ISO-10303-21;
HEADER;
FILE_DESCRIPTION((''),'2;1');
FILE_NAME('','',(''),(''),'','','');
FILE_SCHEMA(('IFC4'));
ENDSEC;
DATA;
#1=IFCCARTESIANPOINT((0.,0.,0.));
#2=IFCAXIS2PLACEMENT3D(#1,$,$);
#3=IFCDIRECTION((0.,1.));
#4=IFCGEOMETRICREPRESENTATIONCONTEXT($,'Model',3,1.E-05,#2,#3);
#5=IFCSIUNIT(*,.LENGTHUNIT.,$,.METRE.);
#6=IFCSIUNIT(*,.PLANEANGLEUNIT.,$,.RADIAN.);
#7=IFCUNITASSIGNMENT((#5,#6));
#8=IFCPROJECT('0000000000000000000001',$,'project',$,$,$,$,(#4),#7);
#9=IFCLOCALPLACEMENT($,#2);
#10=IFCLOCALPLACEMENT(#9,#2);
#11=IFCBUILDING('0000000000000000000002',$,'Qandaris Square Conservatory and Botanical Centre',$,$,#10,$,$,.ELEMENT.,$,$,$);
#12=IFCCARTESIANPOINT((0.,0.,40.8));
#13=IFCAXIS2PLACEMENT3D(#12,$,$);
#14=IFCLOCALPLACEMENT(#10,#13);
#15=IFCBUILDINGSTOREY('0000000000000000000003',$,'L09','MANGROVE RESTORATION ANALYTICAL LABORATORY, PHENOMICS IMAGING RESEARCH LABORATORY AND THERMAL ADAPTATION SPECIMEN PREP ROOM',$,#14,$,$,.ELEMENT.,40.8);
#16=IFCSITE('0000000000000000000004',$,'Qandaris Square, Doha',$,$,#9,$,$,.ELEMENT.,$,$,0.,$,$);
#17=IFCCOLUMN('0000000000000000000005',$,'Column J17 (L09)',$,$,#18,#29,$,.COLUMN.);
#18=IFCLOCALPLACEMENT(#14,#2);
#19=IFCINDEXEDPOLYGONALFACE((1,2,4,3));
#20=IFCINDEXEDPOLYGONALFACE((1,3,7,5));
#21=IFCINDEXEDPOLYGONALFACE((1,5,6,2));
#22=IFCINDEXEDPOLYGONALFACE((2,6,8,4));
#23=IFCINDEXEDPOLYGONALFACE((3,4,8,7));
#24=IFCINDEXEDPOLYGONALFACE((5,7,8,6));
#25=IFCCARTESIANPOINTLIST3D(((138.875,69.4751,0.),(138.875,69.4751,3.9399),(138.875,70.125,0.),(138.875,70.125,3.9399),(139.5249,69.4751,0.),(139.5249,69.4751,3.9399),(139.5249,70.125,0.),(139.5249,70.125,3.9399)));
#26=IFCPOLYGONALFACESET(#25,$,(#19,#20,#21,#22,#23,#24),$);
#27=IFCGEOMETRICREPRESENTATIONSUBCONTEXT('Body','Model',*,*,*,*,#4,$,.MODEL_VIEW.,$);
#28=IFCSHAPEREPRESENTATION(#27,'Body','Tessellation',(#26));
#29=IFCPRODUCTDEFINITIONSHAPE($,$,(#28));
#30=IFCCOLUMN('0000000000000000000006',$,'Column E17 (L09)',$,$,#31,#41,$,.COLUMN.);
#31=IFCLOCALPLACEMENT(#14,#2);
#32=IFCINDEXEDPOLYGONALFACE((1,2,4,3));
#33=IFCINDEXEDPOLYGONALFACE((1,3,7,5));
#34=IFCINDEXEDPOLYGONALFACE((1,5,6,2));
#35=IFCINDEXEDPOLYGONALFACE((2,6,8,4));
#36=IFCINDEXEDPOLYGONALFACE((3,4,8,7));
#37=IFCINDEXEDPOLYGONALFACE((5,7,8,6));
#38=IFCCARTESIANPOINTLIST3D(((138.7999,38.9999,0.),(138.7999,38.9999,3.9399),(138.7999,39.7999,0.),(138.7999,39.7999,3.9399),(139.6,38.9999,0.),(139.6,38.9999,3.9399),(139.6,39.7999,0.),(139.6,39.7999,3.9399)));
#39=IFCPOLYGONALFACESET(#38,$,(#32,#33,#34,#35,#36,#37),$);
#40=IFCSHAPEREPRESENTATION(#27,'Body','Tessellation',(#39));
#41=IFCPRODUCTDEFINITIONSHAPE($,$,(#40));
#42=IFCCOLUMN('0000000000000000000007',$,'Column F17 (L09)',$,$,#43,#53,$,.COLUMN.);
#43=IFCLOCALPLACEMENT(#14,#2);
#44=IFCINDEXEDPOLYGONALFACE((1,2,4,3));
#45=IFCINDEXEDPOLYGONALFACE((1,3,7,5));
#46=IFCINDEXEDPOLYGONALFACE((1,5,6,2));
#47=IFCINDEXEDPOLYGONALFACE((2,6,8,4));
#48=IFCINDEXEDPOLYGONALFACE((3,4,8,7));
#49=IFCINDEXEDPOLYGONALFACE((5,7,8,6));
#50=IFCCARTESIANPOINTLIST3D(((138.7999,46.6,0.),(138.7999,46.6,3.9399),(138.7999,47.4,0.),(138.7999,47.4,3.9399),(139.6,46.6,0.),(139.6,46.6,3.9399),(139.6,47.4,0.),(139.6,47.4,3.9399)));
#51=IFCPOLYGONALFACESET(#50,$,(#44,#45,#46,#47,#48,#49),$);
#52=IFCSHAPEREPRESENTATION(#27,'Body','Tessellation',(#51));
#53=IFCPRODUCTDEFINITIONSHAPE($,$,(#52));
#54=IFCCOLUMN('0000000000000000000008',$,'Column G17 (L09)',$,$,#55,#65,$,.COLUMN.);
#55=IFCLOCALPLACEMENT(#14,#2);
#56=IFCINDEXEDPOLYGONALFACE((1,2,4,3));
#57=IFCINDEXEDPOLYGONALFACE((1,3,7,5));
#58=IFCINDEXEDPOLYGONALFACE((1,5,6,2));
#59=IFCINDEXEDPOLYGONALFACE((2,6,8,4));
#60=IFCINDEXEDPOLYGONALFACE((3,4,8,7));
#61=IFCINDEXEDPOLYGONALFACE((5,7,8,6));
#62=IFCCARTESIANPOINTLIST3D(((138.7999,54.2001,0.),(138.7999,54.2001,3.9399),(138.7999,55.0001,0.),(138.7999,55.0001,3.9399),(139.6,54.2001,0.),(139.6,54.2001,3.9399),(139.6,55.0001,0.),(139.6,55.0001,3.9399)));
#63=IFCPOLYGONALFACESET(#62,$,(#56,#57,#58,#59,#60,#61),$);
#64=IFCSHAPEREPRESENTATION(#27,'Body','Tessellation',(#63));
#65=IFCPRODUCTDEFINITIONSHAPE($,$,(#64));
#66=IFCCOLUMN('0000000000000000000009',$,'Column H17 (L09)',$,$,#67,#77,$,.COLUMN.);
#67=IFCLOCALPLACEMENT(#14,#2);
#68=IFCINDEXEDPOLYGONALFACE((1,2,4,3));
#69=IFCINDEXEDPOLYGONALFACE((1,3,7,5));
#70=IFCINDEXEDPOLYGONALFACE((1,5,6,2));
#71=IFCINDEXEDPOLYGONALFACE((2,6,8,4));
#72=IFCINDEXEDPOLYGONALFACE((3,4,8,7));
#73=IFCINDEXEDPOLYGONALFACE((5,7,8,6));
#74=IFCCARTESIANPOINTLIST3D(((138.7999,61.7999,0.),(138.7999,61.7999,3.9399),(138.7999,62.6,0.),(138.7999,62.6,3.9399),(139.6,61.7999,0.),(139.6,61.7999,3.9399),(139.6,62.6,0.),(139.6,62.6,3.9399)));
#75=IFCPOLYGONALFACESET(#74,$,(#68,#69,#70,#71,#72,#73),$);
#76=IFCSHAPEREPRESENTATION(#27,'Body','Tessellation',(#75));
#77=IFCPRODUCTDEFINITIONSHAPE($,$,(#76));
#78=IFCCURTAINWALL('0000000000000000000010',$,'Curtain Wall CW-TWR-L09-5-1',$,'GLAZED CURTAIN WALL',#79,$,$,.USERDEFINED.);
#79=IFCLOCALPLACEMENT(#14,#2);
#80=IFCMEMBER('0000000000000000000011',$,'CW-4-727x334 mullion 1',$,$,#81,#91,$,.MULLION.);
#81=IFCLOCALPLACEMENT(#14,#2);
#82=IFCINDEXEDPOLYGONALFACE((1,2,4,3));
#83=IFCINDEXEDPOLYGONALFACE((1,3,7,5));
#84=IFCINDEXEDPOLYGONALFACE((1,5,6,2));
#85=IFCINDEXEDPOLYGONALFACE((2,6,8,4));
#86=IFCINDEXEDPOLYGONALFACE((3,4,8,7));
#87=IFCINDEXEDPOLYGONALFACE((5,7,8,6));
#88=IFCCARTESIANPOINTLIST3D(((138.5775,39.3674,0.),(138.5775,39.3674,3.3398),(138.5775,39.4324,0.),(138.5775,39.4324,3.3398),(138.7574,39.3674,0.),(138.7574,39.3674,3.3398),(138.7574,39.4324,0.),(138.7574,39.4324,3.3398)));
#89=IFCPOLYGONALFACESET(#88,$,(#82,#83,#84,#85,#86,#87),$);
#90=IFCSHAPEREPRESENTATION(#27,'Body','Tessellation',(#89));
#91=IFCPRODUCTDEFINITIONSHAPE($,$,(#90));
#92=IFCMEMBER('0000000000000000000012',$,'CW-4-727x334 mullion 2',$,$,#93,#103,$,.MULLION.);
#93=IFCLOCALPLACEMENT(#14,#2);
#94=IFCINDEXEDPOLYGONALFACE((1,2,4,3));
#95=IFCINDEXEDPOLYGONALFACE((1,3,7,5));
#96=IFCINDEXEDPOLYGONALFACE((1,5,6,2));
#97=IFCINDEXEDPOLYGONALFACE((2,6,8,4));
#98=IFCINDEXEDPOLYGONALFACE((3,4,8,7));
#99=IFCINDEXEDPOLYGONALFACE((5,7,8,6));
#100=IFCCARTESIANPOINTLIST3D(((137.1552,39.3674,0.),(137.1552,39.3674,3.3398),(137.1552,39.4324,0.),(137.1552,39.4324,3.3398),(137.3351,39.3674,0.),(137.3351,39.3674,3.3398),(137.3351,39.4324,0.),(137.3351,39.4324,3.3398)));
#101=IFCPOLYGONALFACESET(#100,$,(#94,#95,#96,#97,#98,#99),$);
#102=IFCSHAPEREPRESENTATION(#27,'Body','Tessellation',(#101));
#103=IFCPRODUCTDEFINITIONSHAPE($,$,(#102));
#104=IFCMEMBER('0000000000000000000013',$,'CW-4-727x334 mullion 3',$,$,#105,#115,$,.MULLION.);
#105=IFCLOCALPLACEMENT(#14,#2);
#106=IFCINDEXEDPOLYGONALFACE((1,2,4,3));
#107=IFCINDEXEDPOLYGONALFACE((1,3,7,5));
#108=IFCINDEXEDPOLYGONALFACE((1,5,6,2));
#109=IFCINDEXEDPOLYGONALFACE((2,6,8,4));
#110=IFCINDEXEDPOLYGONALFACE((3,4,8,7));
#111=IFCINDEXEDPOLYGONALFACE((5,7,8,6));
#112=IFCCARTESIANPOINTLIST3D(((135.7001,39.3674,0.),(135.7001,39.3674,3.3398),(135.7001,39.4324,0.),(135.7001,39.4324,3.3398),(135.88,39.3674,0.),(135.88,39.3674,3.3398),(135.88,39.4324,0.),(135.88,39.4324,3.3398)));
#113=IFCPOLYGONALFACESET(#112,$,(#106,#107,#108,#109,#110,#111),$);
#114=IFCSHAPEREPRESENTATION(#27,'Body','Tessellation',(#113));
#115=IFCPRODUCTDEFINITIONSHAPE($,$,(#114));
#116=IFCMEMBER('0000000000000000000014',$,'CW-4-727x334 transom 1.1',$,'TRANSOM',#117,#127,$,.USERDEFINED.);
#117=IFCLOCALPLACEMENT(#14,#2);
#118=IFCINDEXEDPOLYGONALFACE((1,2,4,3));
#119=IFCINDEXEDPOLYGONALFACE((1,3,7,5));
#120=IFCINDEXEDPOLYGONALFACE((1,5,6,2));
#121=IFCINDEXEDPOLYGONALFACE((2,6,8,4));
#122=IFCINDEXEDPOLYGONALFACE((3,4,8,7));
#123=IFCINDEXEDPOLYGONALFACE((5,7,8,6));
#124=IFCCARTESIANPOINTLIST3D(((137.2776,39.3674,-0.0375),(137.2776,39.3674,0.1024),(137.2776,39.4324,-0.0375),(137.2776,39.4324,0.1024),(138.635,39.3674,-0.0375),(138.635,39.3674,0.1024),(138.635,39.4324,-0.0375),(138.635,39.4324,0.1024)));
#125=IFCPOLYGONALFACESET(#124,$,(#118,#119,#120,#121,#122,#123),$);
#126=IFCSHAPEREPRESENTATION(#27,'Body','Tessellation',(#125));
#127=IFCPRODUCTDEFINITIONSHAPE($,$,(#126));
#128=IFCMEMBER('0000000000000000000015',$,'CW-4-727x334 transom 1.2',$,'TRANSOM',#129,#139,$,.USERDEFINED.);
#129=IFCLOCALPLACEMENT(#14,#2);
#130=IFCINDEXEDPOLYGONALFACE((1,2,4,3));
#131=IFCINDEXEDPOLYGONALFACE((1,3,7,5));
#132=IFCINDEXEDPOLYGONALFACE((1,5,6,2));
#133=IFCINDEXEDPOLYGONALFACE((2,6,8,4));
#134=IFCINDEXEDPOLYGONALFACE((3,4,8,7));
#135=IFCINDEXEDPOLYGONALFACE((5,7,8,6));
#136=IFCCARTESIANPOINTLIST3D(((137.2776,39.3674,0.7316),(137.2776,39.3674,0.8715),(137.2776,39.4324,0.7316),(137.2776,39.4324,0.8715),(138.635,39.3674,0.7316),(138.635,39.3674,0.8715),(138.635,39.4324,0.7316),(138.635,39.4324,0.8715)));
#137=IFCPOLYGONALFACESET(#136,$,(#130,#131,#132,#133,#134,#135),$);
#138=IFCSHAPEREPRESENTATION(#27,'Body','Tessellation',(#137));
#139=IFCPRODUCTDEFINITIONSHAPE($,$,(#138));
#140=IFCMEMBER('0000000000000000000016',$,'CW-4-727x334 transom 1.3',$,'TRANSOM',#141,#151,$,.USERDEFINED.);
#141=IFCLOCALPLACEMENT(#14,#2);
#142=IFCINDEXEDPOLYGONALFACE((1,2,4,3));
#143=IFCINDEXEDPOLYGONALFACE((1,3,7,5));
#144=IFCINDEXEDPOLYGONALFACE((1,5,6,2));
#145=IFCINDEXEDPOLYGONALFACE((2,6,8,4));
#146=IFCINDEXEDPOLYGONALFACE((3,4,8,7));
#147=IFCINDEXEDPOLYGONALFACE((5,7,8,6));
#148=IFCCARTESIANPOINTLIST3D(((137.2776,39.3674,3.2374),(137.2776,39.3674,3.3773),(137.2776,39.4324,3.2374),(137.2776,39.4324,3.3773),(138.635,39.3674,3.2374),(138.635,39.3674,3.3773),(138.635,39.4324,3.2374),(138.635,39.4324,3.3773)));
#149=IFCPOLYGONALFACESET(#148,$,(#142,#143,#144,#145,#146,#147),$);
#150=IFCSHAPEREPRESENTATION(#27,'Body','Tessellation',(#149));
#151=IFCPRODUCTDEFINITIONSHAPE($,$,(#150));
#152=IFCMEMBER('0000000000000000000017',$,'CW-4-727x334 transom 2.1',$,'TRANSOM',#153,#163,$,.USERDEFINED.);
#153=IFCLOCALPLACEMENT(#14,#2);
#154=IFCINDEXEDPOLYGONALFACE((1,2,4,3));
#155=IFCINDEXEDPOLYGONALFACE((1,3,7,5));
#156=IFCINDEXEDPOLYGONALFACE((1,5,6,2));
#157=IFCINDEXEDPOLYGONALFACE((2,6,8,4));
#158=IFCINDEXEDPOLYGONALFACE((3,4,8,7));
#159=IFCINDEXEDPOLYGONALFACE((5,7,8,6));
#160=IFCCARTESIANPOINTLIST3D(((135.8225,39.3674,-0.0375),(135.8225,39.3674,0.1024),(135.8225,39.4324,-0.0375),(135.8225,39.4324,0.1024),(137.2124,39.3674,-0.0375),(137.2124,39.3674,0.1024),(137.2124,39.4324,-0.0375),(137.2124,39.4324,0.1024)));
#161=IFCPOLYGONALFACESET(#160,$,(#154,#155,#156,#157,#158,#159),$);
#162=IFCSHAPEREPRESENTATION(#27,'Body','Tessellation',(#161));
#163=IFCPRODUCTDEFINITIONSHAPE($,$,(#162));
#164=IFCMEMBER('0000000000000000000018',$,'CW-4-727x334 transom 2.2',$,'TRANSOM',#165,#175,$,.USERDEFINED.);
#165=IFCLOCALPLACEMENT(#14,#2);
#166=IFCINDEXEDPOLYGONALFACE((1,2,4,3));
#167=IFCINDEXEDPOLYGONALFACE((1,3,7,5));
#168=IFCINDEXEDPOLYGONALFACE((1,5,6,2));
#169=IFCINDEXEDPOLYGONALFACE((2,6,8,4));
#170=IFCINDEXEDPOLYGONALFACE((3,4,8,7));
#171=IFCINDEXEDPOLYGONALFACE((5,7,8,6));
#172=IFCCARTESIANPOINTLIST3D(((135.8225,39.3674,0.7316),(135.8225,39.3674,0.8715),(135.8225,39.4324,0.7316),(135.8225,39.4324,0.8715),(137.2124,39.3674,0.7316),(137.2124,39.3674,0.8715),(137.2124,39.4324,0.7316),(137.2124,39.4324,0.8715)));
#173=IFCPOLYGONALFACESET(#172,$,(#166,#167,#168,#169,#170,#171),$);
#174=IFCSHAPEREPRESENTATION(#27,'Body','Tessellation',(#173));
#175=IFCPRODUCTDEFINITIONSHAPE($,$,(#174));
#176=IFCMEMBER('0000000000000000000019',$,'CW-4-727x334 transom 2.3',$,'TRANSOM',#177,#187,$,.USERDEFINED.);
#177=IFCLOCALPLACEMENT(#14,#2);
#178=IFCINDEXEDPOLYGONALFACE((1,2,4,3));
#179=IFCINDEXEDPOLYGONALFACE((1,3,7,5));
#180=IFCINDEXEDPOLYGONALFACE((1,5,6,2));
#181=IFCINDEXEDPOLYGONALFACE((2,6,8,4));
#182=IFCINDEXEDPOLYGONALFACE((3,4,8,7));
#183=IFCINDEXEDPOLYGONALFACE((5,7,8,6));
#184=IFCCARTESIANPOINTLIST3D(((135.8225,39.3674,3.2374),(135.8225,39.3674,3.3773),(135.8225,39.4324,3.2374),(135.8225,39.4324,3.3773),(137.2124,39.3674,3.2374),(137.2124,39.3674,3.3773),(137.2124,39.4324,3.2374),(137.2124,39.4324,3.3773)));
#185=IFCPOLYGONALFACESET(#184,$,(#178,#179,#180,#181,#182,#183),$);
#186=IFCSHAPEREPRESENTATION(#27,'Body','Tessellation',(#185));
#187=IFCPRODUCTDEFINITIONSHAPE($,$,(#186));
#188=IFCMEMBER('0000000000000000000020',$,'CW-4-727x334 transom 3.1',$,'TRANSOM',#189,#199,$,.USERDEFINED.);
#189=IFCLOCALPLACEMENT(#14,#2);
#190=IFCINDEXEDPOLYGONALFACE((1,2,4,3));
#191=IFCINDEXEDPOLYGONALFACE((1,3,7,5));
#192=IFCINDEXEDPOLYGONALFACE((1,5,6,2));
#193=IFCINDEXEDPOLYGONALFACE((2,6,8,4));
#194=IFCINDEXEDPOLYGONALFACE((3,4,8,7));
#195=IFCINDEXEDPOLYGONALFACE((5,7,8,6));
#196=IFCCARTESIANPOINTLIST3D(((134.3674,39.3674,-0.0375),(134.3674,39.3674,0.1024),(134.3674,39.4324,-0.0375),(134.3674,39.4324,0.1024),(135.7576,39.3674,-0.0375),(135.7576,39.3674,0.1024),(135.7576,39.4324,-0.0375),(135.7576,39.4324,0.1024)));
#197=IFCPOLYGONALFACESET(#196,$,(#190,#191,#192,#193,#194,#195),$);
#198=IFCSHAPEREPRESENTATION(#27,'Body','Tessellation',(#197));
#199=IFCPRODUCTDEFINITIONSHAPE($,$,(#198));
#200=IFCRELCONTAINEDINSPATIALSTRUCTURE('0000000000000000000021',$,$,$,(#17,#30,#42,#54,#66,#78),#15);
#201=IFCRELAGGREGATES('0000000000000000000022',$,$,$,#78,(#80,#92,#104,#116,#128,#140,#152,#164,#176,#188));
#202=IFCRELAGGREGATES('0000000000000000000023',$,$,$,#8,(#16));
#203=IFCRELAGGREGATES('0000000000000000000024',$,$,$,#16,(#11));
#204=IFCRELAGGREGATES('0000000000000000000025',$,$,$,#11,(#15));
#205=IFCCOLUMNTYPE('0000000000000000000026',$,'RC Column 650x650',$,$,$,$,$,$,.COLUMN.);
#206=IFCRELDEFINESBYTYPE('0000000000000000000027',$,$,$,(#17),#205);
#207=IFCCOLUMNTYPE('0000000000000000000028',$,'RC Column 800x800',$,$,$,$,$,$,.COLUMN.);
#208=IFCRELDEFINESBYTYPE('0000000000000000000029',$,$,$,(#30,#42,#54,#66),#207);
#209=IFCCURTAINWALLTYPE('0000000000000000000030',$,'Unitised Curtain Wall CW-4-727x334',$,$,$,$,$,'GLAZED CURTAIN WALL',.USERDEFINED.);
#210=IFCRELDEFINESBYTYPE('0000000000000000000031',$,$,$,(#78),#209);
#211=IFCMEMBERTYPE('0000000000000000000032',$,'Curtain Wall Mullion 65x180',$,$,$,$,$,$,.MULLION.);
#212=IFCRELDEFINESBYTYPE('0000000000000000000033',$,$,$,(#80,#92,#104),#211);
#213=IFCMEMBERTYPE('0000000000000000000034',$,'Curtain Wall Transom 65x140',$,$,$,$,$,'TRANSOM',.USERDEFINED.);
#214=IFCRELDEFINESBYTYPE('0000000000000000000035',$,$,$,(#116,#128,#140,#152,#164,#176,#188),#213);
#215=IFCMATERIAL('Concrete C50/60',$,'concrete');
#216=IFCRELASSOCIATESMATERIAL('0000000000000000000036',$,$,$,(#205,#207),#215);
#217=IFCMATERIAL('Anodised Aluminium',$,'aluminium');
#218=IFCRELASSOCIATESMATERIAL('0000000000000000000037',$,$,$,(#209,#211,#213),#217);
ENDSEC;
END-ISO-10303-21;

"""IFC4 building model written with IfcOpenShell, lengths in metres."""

from ifc_helpers import new_model, si_unit, direction, frame, origin, origin_2d, place, context, subcontext, project, spatial, rectangle, extrude, material, material_profile, profile_set, type_object, element, aggregate, save


model = new_model("IFC4")

# Units and contexts
model_context = context("Model", 3, precision=1e-05, world=origin(), true_north=direction((0.0, 1.0)))
body_context = subcontext(model_context, "Body", "Model", "MODEL_VIEW")
ifc_project = project(units=[si_unit("LENGTHUNIT", "METRE"), si_unit("PLANEANGLEUNIT", "RADIAN")], contexts=[model_context])

# Site, building, storey
site_placement = place(None, origin())
site = spatial("IfcSite", under=ifc_project, at=site_placement, Name="Qandaris Square, Doha", CompositionType="ELEMENT", RefElevation=0.0)
building_placement = place(site_placement, origin())
building = spatial("IfcBuilding", under=site, at=building_placement, Name="Qandaris Square Conservatory and Botanical Centre", CompositionType="ELEMENT")
storey_placement = place(building_placement, frame((0.0, 0.0, 40.8)))
storey = spatial("IfcBuildingStorey", under=building, at=storey_placement, Name="L09", Description="MANGROVE RESTORATION ANALYTICAL LABORATORY, PHENOMICS IMAGING RESEARCH LABORATORY AND THERMAL ADAPTATION SPECIMEN PREP ROOM", CompositionType="ELEMENT", Elevation=40.8)

# Columns
ifc_material_1 = material(Name="Concrete C50/60", Category="concrete")
ifc_material_profile_1 = material_profile(ifc_material_1, rectangle(XDim=0.6499, YDim=0.6499, at=origin_2d()), Name="RC-COL 650x650")
ifc_profile_set_1 = profile_set([ifc_material_profile_1], Name="Concrete C50/60")
column_type_1 = type_object("IfcColumnType", Name="RC Column 650x650", PredefinedType="COLUMN", material=ifc_profile_set_1)
column_placement = place(storey_placement, frame((139.2, 69.8, 0.0), z_axis=(0.0, 0.0, 1.0), x_axis=(1.0, 0.0, 0.0)))
element("IfcColumn", 1, at=column_placement, inside=storey, type_object=column_type_1, Name="Column J17 (L09)", PredefinedType="COLUMN", context=body_context, shape_type="SweptSolid", body=[
    extrude(rectangle(XDim=0.6499, YDim=0.6499, at=origin_2d()), origin(), (0.0, 0.0, 1.0), 3.9399),
])
ifc_material_profile_2 = material_profile(ifc_material_1, rectangle(XDim=0.8, YDim=0.8, at=origin_2d()), Name="RC-COL 800x800")
ifc_profile_set_2 = profile_set([ifc_material_profile_2], Name="Concrete C50/60")
column_type_2 = type_object("IfcColumnType", Name="RC Column 800x800", PredefinedType="COLUMN", material=ifc_profile_set_2)
for number, where, z_axis, x_axis, name in (
    (2, (139.2, 39.3999, 0.0), (0.0, 0.0, 1.0), (1.0, 0.0, 0.0), "Column E17 (L09)"),
    (3, (139.2, 47.0, 0.0), (0.0, 0.0, 1.0), (1.0, 0.0, 0.0), "Column F17 (L09)"),
    (4, (139.2, 54.6001, 0.0), (0.0, 0.0, 1.0), (1.0, 0.0, 0.0), "Column G17 (L09)"),
    (5, (139.2, 62.2, 0.0), (0.0, 0.0, 1.0), (1.0, 0.0, 0.0), "Column H17 (L09)"),
):
    element("IfcColumn", number, at=place(storey_placement, frame(where, z_axis=z_axis, x_axis=x_axis)), inside=storey, type_object=column_type_2, Name=name, PredefinedType="COLUMN", context=body_context, shape_type="SweptSolid", body=[
        extrude(rectangle(XDim=0.8, YDim=0.8, at=origin_2d()), origin(), (0.0, 0.0, 1.0), 3.9399),
    ])

# Curtain wall, members
ifc_material_2 = material(Name="Anodised Aluminium", Category="aluminium")
curtain_wall_type = type_object("IfcCurtainWallType", Name="Unitised Curtain Wall CW-4-727x334", ElementType="GLAZED CURTAIN WALL", PredefinedType="USERDEFINED", material=ifc_material_2)
curtain_wall_placement = place(storey_placement, origin())
curtain_wall = element("IfcCurtainWall", 6, at=curtain_wall_placement, inside=storey, type_object=curtain_wall_type, Name="Curtain Wall CW-TWR-L09-5-1", ObjectType="GLAZED CURTAIN WALL", PredefinedType="USERDEFINED")
ifc_material_profile_3 = material_profile(ifc_material_2, rectangle(XDim=0.0649, YDim=0.1799, at=origin_2d()), Name="ALU-MUL 65x180")
ifc_profile_set_3 = profile_set([ifc_material_profile_3], Name="Anodised Aluminium")
member_type_1 = type_object("IfcMemberType", Name="Curtain Wall Mullion 65x180", PredefinedType="MULLION", material=ifc_profile_set_3)
member_1_placement = place(storey_placement, frame((138.6675, 39.3999, 0.0), z_axis=(0.0, 0.0, 1.0), x_axis=(0.0, -1.0, 0.0)))
member_1 = element("IfcMember", 7, at=member_1_placement, type_object=member_type_1, Name="CW-4-727x334 mullion 1", PredefinedType="MULLION", context=body_context, shape_type="SweptSolid", body=[
    extrude(rectangle(XDim=0.0649, YDim=0.1799, at=origin_2d()), origin(), (0.0, 0.0, 1.0), 3.3398),
])
member_2_placement = place(storey_placement, frame((137.2451, 39.3999, 0.0), z_axis=(0.0, 0.0, 1.0), x_axis=(0.0, -1.0, 0.0)))
member_2 = element("IfcMember", 8, at=member_2_placement, type_object=member_type_1, Name="CW-4-727x334 mullion 2", PredefinedType="MULLION", context=body_context, shape_type="SweptSolid", body=[
    extrude(rectangle(XDim=0.0649, YDim=0.1799, at=origin_2d()), origin(), (0.0, 0.0, 1.0), 3.3398),
])
member_3_placement = place(storey_placement, frame((135.79, 39.3999, 0.0), z_axis=(0.0, 0.0, 1.0), x_axis=(0.0, -1.0, 0.0)))
member_3 = element("IfcMember", 9, at=member_3_placement, type_object=member_type_1, Name="CW-4-727x334 mullion 3", PredefinedType="MULLION", context=body_context, shape_type="SweptSolid", body=[
    extrude(rectangle(XDim=0.0649, YDim=0.1799, at=origin_2d()), origin(), (0.0, 0.0, 1.0), 3.3398),
])
ifc_material_profile_4 = material_profile(ifc_material_2, rectangle(XDim=0.0649, YDim=0.1399, at=origin_2d()), Name="ALU-TRN 65x140")
ifc_profile_set_4 = profile_set([ifc_material_profile_4], Name="Anodised Aluminium")
member_type_2 = type_object("IfcMemberType", Name="Curtain Wall Transom 65x140", ElementType="TRANSOM", PredefinedType="USERDEFINED", material=ifc_profile_set_4)
member_4_placement = place(storey_placement, frame((138.635, 39.3999, 0.0325), z_axis=(-1.0, 0.0, 0.0), x_axis=(0.0, -1.0, 0.0)))
member_4 = element("IfcMember", 10, at=member_4_placement, type_object=member_type_2, Name="CW-4-727x334 transom 1.1", ObjectType="TRANSOM", PredefinedType="USERDEFINED", context=body_context, shape_type="SweptSolid", body=[
    extrude(rectangle(XDim=0.0649, YDim=0.1399, at=origin_2d()), origin(), (0.0, 0.0, 1.0), 1.3574),
])
member_5_placement = place(storey_placement, frame((138.635, 39.3999, 0.8015), z_axis=(-1.0, 0.0, 0.0), x_axis=(0.0, -1.0, 0.0)))
member_5 = element("IfcMember", 11, at=member_5_placement, type_object=member_type_2, Name="CW-4-727x334 transom 1.2", ObjectType="TRANSOM", PredefinedType="USERDEFINED", context=body_context, shape_type="SweptSolid", body=[
    extrude(rectangle(XDim=0.0649, YDim=0.1399, at=origin_2d()), origin(), (0.0, 0.0, 1.0), 1.3574),
])
member_6_placement = place(storey_placement, frame((138.635, 39.3999, 3.3074), z_axis=(-1.0, 0.0, 0.0), x_axis=(0.0, -1.0, 0.0)))
member_6 = element("IfcMember", 12, at=member_6_placement, type_object=member_type_2, Name="CW-4-727x334 transom 1.3", ObjectType="TRANSOM", PredefinedType="USERDEFINED", context=body_context, shape_type="SweptSolid", body=[
    extrude(rectangle(XDim=0.0649, YDim=0.1399, at=origin_2d()), origin(), (0.0, 0.0, 1.0), 1.3574),
])
member_7_placement = place(storey_placement, frame((137.2124, 39.3999, 0.0325), z_axis=(-1.0, 0.0, 0.0), x_axis=(0.0, -1.0, 0.0)))
member_7 = element("IfcMember", 13, at=member_7_placement, type_object=member_type_2, Name="CW-4-727x334 transom 2.1", ObjectType="TRANSOM", PredefinedType="USERDEFINED", context=body_context, shape_type="SweptSolid", body=[
    extrude(rectangle(XDim=0.0649, YDim=0.1399, at=origin_2d()), origin(), (0.0, 0.0, 1.0), 1.3899),
])
member_8_placement = place(storey_placement, frame((137.2124, 39.3999, 0.8015), z_axis=(-1.0, 0.0, 0.0), x_axis=(0.0, -1.0, 0.0)))
member_8 = element("IfcMember", 14, at=member_8_placement, type_object=member_type_2, Name="CW-4-727x334 transom 2.2", ObjectType="TRANSOM", PredefinedType="USERDEFINED", context=body_context, shape_type="SweptSolid", body=[
    extrude(rectangle(XDim=0.0649, YDim=0.1399, at=origin_2d()), origin(), (0.0, 0.0, 1.0), 1.3899),
])
member_9_placement = place(storey_placement, frame((137.2124, 39.3999, 3.3074), z_axis=(-1.0, 0.0, 0.0), x_axis=(0.0, -1.0, 0.0)))
member_9 = element("IfcMember", 15, at=member_9_placement, type_object=member_type_2, Name="CW-4-727x334 transom 2.3", ObjectType="TRANSOM", PredefinedType="USERDEFINED", context=body_context, shape_type="SweptSolid", body=[
    extrude(rectangle(XDim=0.0649, YDim=0.1399, at=origin_2d()), origin(), (0.0, 0.0, 1.0), 1.3899),
])
member_10_placement = place(storey_placement, frame((135.7576, 39.3999, 0.0325), z_axis=(-1.0, 0.0, 0.0), x_axis=(0.0, -1.0, 0.0)))
member_10 = element("IfcMember", 16, at=member_10_placement, type_object=member_type_2, Name="CW-4-727x334 transom 3.1", ObjectType="TRANSOM", PredefinedType="USERDEFINED", context=body_context, shape_type="SweptSolid", body=[
    extrude(rectangle(XDim=0.0649, YDim=0.1399, at=origin_2d()), origin(), (0.0, 0.0, 1.0), 1.3901),
])
aggregate(curtain_wall, [member_1, member_2, member_3, member_4, member_5, member_6, member_7, member_8, member_9, member_10])

save(model, "model.ifc")
